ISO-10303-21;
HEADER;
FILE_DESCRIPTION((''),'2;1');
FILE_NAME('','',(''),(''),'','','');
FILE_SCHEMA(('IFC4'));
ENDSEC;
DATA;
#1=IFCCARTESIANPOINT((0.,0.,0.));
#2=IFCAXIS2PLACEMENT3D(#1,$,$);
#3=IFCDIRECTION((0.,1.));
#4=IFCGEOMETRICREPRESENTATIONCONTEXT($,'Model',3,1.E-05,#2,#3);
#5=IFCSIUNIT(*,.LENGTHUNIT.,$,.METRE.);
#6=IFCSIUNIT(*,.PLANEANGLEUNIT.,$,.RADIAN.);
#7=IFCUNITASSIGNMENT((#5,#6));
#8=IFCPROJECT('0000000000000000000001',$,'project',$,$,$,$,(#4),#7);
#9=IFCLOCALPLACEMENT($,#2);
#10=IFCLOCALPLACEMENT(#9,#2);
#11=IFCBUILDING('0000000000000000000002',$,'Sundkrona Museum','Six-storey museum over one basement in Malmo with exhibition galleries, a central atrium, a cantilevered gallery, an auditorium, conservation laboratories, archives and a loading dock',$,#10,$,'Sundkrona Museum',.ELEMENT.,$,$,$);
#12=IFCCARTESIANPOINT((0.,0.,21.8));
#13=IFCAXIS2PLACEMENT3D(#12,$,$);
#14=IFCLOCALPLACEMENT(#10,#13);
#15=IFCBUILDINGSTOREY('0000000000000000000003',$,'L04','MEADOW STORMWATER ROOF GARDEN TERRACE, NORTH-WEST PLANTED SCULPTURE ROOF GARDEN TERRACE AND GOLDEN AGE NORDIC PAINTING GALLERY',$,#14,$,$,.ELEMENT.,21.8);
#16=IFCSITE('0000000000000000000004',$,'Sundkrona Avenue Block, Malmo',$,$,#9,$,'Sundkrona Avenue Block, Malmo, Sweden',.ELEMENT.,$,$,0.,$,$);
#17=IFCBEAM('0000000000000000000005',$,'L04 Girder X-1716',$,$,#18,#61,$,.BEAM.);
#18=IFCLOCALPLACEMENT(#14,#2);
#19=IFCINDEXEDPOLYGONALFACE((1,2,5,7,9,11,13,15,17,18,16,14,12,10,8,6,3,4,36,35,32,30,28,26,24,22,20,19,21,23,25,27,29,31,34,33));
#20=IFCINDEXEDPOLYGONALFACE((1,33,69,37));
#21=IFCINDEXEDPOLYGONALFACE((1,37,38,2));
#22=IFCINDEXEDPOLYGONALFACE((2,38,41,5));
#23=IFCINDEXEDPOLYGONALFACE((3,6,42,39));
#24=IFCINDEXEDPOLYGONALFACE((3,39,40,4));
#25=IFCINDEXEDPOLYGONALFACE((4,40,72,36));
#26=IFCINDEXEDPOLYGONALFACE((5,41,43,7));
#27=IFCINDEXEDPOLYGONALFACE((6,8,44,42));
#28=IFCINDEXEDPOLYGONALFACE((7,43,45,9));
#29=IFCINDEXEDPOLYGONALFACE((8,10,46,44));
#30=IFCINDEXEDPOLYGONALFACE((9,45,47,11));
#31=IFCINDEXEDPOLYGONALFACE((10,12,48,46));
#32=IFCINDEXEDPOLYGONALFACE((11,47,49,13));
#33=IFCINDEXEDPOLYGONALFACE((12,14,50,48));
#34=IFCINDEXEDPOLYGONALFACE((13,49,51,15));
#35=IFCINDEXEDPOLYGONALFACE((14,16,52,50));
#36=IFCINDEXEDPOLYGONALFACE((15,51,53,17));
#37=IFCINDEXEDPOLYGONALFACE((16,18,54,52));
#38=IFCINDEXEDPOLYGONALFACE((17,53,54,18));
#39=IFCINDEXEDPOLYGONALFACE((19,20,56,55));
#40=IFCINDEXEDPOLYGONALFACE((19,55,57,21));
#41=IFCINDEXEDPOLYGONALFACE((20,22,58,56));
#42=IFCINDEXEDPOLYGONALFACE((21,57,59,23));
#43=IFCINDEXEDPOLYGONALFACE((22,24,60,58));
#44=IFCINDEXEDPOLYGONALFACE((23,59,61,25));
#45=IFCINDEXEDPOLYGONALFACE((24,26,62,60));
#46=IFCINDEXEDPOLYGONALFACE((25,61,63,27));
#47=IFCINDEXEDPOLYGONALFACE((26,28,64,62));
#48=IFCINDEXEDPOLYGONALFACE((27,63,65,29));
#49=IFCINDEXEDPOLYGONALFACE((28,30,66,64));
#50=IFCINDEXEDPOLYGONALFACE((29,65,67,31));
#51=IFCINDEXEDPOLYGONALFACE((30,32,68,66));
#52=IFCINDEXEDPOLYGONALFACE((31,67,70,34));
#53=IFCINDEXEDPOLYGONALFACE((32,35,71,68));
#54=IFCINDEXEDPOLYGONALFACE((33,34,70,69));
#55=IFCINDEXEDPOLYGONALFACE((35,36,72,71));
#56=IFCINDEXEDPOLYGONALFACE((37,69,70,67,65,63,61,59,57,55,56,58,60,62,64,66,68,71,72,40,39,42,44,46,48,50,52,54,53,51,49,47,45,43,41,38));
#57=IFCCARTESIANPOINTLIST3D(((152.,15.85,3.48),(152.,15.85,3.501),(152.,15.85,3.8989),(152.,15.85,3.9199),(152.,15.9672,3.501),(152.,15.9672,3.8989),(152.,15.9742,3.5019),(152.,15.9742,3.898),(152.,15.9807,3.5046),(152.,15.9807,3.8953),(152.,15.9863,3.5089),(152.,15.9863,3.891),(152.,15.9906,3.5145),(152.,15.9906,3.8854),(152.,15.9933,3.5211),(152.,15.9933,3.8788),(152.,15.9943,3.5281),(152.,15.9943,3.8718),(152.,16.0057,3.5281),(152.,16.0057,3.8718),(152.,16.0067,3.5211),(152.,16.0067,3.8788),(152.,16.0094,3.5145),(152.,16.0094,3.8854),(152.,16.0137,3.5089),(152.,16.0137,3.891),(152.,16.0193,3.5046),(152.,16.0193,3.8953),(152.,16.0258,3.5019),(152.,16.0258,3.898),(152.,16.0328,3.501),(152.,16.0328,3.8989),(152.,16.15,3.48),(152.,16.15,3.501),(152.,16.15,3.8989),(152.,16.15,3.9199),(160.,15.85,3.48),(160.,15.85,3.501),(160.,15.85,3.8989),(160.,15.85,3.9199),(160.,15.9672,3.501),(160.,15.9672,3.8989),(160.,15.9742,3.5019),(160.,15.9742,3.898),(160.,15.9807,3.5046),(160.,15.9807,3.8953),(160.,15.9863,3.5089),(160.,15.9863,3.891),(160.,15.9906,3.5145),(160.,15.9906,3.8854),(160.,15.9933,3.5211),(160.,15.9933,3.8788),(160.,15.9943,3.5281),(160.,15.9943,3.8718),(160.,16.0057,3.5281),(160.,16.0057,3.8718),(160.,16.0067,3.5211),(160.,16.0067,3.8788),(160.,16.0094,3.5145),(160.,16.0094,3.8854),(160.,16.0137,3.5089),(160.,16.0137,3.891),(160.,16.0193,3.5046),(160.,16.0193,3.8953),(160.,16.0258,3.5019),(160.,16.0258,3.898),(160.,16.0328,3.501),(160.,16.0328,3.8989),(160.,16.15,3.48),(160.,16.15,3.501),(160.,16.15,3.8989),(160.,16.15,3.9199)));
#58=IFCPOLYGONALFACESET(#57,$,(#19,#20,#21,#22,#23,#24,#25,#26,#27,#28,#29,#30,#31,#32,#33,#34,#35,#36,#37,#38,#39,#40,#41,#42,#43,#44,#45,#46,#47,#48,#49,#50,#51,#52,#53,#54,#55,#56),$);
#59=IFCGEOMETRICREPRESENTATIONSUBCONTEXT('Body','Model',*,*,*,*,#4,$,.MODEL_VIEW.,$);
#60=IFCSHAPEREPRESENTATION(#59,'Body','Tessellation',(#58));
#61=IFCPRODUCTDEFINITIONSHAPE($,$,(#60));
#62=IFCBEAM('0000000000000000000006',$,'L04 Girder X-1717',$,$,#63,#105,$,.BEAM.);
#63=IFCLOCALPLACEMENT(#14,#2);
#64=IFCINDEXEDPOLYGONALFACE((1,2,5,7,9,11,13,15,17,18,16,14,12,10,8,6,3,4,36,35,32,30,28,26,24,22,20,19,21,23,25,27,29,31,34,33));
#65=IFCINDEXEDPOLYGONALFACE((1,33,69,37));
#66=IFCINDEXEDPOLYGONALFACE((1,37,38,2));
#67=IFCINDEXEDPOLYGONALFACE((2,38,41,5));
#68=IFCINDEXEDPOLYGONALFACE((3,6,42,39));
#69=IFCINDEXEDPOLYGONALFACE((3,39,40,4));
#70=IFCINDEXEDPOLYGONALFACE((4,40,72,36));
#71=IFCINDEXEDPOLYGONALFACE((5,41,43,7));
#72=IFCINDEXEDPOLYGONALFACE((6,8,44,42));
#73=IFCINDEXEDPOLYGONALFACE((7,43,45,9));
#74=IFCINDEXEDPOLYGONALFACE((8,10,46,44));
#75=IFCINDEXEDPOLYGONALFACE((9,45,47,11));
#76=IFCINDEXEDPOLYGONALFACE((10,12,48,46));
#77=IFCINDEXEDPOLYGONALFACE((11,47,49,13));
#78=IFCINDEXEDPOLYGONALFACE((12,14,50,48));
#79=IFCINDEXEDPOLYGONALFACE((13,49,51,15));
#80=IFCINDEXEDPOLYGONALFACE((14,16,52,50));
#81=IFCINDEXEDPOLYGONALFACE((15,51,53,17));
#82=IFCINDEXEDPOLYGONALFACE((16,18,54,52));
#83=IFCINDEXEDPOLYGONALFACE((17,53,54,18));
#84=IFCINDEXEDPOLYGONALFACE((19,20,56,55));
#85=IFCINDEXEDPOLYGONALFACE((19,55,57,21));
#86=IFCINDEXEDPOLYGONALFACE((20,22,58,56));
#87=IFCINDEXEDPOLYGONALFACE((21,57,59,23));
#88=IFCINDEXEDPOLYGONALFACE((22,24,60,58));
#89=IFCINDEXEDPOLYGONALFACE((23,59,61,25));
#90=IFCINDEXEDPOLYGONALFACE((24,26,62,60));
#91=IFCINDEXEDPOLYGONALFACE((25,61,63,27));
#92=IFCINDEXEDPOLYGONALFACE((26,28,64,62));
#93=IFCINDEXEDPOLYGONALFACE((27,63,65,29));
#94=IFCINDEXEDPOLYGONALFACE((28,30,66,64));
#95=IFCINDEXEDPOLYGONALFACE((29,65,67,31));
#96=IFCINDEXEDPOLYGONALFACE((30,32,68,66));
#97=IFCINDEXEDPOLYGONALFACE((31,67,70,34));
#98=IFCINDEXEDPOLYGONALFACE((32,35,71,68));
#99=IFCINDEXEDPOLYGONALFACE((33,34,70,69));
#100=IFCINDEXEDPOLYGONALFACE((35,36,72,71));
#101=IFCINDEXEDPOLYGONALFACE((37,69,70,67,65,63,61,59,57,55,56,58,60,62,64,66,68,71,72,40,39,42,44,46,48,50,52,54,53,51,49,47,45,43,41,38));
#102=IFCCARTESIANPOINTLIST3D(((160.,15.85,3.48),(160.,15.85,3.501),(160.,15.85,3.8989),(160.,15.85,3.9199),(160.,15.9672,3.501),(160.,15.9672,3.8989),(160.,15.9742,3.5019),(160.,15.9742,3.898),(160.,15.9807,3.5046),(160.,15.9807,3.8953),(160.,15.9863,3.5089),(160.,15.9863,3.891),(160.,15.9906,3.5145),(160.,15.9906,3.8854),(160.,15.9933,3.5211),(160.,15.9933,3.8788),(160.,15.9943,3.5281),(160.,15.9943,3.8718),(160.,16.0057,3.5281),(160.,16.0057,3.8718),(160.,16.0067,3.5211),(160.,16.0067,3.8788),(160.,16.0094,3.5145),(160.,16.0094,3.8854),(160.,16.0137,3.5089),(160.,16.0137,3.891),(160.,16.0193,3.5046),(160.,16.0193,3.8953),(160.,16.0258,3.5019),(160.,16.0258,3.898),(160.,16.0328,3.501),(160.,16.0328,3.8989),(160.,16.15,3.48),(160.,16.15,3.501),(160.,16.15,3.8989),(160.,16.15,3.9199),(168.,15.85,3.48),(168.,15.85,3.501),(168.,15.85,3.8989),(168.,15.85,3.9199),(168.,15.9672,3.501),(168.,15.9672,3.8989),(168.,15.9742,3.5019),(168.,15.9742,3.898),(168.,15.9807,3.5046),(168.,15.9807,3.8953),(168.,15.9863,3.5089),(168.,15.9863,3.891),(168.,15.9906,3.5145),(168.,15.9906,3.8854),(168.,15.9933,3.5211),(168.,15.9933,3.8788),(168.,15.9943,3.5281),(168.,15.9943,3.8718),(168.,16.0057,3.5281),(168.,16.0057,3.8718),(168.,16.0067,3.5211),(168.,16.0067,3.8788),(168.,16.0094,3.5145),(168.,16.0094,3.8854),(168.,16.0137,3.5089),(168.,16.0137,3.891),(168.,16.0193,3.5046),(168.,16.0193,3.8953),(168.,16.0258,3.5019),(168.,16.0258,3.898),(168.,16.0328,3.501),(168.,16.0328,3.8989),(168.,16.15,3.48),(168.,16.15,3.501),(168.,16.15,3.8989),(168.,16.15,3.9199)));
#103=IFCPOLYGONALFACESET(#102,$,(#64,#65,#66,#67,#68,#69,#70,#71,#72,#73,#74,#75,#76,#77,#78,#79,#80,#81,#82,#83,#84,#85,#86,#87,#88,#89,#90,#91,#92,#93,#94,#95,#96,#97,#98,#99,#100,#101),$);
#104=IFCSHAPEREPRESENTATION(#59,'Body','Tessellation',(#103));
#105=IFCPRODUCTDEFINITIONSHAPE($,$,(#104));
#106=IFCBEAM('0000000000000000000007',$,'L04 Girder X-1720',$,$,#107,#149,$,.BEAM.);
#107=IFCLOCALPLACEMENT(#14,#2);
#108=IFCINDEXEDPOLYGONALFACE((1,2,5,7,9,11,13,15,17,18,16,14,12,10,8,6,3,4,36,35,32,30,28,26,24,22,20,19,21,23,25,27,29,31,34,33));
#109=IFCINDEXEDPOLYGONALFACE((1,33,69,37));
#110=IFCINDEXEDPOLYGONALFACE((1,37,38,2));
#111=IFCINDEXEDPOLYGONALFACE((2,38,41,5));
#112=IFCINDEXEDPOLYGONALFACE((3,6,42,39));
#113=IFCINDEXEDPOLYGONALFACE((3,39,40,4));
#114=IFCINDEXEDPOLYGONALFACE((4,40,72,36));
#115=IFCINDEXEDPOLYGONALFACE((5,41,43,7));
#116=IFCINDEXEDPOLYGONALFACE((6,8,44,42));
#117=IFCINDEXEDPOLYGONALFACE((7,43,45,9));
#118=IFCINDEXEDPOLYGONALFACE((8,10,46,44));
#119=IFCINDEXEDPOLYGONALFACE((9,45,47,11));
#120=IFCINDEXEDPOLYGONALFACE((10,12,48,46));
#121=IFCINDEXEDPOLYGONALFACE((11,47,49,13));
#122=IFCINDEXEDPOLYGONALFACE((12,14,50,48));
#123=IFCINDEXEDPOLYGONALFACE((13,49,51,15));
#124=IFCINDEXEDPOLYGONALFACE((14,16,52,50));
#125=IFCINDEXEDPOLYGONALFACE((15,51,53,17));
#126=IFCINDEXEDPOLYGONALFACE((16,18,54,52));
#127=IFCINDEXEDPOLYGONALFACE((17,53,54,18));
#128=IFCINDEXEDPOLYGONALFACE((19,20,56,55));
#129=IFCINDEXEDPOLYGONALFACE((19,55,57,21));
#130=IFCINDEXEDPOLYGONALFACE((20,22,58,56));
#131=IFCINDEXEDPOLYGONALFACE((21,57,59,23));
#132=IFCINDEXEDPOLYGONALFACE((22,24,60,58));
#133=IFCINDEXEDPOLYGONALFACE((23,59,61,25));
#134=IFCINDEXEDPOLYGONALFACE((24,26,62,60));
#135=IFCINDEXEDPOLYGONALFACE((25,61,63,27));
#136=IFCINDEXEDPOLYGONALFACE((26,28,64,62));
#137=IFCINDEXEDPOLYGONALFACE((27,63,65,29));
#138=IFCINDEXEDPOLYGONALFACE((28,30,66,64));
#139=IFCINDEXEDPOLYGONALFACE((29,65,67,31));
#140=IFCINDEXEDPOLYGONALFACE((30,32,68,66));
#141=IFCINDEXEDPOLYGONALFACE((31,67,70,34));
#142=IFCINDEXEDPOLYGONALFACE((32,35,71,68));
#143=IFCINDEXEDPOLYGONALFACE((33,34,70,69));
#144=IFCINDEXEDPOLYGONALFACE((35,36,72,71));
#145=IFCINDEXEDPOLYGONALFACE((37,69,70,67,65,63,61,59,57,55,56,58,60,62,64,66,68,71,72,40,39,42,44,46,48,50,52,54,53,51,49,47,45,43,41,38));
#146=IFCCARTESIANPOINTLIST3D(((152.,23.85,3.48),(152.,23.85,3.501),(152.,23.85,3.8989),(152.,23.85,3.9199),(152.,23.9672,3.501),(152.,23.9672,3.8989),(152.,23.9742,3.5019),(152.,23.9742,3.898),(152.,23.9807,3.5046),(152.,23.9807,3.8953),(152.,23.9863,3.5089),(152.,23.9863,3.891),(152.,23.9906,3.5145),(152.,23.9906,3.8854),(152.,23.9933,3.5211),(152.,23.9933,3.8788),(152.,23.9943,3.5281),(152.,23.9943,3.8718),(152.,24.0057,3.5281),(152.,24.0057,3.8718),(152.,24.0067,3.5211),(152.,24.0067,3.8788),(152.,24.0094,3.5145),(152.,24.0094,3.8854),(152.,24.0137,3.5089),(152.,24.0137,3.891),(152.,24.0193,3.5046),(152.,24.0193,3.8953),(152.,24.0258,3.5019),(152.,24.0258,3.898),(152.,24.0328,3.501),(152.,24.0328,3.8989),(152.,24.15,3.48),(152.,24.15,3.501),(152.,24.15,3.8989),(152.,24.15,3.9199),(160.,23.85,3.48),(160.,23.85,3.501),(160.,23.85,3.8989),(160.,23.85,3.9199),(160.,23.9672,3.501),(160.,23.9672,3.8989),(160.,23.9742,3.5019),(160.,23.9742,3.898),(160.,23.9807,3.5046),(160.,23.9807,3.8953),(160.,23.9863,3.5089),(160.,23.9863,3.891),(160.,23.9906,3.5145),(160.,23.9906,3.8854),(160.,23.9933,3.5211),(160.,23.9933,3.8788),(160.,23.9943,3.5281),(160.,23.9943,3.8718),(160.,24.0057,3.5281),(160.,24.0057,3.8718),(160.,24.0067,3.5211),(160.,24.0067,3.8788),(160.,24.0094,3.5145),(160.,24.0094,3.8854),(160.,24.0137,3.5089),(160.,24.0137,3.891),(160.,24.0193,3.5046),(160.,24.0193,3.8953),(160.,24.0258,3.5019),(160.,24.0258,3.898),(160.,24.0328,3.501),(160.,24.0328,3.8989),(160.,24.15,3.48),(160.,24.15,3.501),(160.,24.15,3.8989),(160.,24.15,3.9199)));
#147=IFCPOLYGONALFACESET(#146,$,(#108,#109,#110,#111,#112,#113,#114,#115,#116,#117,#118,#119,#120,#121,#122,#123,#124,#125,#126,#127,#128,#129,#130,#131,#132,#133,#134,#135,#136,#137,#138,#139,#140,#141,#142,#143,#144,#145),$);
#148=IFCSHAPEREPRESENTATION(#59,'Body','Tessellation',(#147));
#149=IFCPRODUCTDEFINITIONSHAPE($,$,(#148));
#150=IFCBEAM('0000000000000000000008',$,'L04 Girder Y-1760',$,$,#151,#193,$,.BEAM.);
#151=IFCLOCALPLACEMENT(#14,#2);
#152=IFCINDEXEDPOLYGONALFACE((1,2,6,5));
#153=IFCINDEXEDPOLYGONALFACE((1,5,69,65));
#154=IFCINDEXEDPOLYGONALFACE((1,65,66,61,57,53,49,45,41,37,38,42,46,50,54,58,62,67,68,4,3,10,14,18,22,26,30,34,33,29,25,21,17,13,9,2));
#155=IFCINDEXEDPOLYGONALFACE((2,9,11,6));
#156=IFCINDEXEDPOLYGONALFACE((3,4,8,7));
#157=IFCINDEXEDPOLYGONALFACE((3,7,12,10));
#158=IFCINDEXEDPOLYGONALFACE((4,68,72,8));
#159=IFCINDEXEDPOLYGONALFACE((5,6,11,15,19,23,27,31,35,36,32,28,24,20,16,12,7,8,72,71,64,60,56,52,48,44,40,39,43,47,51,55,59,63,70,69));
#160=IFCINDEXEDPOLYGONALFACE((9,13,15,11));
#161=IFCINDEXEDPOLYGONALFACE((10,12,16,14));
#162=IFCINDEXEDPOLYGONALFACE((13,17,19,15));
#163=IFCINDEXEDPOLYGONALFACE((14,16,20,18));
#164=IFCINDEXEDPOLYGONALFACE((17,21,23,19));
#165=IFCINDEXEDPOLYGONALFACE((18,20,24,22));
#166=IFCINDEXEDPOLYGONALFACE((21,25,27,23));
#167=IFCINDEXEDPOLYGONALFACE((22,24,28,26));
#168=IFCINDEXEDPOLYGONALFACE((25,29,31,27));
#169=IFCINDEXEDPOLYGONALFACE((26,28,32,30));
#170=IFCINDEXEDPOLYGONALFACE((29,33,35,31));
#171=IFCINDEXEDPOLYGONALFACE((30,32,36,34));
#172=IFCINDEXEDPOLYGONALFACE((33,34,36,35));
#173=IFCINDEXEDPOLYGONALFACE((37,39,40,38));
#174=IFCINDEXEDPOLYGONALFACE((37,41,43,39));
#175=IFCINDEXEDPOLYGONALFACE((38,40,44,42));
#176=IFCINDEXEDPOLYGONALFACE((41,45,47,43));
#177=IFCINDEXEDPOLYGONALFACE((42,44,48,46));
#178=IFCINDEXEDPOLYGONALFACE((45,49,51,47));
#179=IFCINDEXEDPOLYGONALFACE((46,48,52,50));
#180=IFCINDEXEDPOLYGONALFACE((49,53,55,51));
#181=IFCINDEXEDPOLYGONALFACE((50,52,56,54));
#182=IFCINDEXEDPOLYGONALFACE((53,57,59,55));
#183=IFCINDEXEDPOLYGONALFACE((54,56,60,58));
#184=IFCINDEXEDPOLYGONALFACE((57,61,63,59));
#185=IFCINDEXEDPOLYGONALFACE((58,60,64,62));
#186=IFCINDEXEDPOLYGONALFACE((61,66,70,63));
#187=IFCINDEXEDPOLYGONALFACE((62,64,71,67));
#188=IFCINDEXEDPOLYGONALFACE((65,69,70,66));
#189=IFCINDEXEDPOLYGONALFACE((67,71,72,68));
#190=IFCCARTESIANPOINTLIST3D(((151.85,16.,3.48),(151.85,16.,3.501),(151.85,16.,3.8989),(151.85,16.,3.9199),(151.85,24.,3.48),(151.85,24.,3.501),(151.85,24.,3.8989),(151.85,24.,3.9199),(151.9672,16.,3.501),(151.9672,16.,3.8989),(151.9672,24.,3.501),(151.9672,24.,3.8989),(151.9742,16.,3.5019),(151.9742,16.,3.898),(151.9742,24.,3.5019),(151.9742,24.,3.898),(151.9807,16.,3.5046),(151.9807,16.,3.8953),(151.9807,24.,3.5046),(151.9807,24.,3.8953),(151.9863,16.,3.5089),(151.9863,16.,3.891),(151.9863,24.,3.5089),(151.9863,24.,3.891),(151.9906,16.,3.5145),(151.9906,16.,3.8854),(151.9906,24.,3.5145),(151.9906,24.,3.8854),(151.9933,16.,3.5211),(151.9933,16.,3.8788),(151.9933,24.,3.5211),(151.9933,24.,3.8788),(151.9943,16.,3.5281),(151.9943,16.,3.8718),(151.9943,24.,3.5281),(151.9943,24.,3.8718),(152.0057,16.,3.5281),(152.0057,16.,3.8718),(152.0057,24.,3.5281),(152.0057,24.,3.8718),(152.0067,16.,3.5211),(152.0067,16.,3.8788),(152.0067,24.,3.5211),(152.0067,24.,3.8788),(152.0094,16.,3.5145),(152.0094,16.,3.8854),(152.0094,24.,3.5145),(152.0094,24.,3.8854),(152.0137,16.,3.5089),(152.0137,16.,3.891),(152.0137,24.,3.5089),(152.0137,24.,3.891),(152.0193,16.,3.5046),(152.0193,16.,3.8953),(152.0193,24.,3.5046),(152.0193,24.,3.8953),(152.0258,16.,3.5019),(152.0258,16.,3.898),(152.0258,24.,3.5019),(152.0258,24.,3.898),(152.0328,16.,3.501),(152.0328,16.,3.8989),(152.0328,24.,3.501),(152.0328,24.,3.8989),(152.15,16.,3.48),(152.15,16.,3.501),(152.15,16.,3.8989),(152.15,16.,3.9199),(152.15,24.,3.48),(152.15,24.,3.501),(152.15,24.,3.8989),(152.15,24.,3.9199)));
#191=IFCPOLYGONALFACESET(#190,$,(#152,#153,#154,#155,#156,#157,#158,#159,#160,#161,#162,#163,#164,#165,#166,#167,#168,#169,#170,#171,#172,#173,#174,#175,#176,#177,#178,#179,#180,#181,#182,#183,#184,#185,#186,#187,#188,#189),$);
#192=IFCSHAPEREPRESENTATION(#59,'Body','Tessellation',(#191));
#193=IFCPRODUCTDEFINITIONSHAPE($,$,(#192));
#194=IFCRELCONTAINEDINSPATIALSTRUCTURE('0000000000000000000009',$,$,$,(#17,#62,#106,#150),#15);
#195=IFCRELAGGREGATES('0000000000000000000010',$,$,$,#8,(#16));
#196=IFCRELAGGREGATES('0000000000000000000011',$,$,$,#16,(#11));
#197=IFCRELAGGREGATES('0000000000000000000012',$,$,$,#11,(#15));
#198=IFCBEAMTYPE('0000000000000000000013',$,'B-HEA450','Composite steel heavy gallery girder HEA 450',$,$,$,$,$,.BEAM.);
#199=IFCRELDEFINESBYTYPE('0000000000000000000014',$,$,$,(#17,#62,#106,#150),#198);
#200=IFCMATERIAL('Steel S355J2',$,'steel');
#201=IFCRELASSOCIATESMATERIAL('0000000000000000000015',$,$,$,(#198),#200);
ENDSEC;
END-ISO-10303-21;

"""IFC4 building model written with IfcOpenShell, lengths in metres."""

from ifc_helpers import new_model, si_unit, direction, frame, origin, origin_2d, place, context, subcontext, project, spatial, i_section, extrude, material, material_profile, profile_set, type_object, element, save


model = new_model("IFC4")

# Units and contexts
model_context = context("Model", 3, precision=1e-05, world=origin(), true_north=direction((0.0, 1.0)))
body_context = subcontext(model_context, "Body", "Model", "MODEL_VIEW")
ifc_project = project(units=[si_unit("LENGTHUNIT", "METRE"), si_unit("PLANEANGLEUNIT", "RADIAN")], contexts=[model_context])

# Site, building, storey
site_placement = place(None, origin())
site = spatial("IfcSite", under=ifc_project, at=site_placement, Name="Sundkrona Avenue Block, Malmo", LongName="Sundkrona Avenue Block, Malmo, Sweden", CompositionType="ELEMENT", RefElevation=0.0)
building_placement = place(site_placement, origin())
building = spatial("IfcBuilding", under=site, at=building_placement, Name="Sundkrona Museum", Description="Six-storey museum over one basement in Malmo with exhibition galleries, a central atrium, a cantilevered gallery, an auditorium, conservation laboratories, archives and a loading dock", LongName="Sundkrona Museum", CompositionType="ELEMENT")
storey_placement = place(building_placement, frame((0.0, 0.0, 21.8)))
storey = spatial("IfcBuildingStorey", under=building, at=storey_placement, Name="L04", Description="MEADOW STORMWATER ROOF GARDEN TERRACE, NORTH-WEST PLANTED SCULPTURE ROOF GARDEN TERRACE AND GOLDEN AGE NORDIC PAINTING GALLERY", CompositionType="ELEMENT", Elevation=21.8)

# Shared definitions
ifc_material_1 = material(Name="Steel S355J2", Category="steel")

# Beams
ifc_material_profile_1 = material_profile(ifc_material_1, i_section(OverallWidth=0.3, OverallDepth=0.4399, WebThickness=0.0115, FlangeThickness=0.021, FilletRadius=0.0271, at=origin_2d()), Name="HEA 450")
ifc_profile_set_1 = profile_set([ifc_material_profile_1], Name="Steel S355J2")
beam_type_1 = type_object("IfcBeamType", Name="B-HEA450", Description="Composite steel heavy gallery girder HEA 450", PredefinedType="BEAM", material=ifc_profile_set_1)
for number, where, z_axis, x_axis, name in (
    (1, (152.0, 16.0, 3.7), (1.0, 0.0, 0.0), (0.0, 1.0, 0.0), "L04 Girder X-1716"),
    (2, (160.0, 16.0, 3.7), (1.0, 0.0, 0.0), (0.0, 1.0, 0.0), "L04 Girder X-1717"),
    (3, (152.0, 24.0, 3.7), (1.0, 0.0, 0.0), (0.0, 1.0, 0.0), "L04 Girder X-1720"),
    (4, (152.0, 16.0, 3.7), (0.0, 1.0, 0.0), (-1.0, 0.0, 0.0), "L04 Girder Y-1760"),
):
    element("IfcBeam", number, at=place(storey_placement, frame(where, z_axis=z_axis, x_axis=x_axis)), inside=storey, type_object=beam_type_1, Name=name, PredefinedType="BEAM", context=body_context, shape_type="SweptSolid", body=[
        extrude(i_section(OverallWidth=0.3, OverallDepth=0.4399, WebThickness=0.0115, FlangeThickness=0.021, FilletRadius=0.0271, at=origin_2d()), origin(), (0.0, 0.0, 1.0), 8.0),
    ])

save(model, "model.ifc")
